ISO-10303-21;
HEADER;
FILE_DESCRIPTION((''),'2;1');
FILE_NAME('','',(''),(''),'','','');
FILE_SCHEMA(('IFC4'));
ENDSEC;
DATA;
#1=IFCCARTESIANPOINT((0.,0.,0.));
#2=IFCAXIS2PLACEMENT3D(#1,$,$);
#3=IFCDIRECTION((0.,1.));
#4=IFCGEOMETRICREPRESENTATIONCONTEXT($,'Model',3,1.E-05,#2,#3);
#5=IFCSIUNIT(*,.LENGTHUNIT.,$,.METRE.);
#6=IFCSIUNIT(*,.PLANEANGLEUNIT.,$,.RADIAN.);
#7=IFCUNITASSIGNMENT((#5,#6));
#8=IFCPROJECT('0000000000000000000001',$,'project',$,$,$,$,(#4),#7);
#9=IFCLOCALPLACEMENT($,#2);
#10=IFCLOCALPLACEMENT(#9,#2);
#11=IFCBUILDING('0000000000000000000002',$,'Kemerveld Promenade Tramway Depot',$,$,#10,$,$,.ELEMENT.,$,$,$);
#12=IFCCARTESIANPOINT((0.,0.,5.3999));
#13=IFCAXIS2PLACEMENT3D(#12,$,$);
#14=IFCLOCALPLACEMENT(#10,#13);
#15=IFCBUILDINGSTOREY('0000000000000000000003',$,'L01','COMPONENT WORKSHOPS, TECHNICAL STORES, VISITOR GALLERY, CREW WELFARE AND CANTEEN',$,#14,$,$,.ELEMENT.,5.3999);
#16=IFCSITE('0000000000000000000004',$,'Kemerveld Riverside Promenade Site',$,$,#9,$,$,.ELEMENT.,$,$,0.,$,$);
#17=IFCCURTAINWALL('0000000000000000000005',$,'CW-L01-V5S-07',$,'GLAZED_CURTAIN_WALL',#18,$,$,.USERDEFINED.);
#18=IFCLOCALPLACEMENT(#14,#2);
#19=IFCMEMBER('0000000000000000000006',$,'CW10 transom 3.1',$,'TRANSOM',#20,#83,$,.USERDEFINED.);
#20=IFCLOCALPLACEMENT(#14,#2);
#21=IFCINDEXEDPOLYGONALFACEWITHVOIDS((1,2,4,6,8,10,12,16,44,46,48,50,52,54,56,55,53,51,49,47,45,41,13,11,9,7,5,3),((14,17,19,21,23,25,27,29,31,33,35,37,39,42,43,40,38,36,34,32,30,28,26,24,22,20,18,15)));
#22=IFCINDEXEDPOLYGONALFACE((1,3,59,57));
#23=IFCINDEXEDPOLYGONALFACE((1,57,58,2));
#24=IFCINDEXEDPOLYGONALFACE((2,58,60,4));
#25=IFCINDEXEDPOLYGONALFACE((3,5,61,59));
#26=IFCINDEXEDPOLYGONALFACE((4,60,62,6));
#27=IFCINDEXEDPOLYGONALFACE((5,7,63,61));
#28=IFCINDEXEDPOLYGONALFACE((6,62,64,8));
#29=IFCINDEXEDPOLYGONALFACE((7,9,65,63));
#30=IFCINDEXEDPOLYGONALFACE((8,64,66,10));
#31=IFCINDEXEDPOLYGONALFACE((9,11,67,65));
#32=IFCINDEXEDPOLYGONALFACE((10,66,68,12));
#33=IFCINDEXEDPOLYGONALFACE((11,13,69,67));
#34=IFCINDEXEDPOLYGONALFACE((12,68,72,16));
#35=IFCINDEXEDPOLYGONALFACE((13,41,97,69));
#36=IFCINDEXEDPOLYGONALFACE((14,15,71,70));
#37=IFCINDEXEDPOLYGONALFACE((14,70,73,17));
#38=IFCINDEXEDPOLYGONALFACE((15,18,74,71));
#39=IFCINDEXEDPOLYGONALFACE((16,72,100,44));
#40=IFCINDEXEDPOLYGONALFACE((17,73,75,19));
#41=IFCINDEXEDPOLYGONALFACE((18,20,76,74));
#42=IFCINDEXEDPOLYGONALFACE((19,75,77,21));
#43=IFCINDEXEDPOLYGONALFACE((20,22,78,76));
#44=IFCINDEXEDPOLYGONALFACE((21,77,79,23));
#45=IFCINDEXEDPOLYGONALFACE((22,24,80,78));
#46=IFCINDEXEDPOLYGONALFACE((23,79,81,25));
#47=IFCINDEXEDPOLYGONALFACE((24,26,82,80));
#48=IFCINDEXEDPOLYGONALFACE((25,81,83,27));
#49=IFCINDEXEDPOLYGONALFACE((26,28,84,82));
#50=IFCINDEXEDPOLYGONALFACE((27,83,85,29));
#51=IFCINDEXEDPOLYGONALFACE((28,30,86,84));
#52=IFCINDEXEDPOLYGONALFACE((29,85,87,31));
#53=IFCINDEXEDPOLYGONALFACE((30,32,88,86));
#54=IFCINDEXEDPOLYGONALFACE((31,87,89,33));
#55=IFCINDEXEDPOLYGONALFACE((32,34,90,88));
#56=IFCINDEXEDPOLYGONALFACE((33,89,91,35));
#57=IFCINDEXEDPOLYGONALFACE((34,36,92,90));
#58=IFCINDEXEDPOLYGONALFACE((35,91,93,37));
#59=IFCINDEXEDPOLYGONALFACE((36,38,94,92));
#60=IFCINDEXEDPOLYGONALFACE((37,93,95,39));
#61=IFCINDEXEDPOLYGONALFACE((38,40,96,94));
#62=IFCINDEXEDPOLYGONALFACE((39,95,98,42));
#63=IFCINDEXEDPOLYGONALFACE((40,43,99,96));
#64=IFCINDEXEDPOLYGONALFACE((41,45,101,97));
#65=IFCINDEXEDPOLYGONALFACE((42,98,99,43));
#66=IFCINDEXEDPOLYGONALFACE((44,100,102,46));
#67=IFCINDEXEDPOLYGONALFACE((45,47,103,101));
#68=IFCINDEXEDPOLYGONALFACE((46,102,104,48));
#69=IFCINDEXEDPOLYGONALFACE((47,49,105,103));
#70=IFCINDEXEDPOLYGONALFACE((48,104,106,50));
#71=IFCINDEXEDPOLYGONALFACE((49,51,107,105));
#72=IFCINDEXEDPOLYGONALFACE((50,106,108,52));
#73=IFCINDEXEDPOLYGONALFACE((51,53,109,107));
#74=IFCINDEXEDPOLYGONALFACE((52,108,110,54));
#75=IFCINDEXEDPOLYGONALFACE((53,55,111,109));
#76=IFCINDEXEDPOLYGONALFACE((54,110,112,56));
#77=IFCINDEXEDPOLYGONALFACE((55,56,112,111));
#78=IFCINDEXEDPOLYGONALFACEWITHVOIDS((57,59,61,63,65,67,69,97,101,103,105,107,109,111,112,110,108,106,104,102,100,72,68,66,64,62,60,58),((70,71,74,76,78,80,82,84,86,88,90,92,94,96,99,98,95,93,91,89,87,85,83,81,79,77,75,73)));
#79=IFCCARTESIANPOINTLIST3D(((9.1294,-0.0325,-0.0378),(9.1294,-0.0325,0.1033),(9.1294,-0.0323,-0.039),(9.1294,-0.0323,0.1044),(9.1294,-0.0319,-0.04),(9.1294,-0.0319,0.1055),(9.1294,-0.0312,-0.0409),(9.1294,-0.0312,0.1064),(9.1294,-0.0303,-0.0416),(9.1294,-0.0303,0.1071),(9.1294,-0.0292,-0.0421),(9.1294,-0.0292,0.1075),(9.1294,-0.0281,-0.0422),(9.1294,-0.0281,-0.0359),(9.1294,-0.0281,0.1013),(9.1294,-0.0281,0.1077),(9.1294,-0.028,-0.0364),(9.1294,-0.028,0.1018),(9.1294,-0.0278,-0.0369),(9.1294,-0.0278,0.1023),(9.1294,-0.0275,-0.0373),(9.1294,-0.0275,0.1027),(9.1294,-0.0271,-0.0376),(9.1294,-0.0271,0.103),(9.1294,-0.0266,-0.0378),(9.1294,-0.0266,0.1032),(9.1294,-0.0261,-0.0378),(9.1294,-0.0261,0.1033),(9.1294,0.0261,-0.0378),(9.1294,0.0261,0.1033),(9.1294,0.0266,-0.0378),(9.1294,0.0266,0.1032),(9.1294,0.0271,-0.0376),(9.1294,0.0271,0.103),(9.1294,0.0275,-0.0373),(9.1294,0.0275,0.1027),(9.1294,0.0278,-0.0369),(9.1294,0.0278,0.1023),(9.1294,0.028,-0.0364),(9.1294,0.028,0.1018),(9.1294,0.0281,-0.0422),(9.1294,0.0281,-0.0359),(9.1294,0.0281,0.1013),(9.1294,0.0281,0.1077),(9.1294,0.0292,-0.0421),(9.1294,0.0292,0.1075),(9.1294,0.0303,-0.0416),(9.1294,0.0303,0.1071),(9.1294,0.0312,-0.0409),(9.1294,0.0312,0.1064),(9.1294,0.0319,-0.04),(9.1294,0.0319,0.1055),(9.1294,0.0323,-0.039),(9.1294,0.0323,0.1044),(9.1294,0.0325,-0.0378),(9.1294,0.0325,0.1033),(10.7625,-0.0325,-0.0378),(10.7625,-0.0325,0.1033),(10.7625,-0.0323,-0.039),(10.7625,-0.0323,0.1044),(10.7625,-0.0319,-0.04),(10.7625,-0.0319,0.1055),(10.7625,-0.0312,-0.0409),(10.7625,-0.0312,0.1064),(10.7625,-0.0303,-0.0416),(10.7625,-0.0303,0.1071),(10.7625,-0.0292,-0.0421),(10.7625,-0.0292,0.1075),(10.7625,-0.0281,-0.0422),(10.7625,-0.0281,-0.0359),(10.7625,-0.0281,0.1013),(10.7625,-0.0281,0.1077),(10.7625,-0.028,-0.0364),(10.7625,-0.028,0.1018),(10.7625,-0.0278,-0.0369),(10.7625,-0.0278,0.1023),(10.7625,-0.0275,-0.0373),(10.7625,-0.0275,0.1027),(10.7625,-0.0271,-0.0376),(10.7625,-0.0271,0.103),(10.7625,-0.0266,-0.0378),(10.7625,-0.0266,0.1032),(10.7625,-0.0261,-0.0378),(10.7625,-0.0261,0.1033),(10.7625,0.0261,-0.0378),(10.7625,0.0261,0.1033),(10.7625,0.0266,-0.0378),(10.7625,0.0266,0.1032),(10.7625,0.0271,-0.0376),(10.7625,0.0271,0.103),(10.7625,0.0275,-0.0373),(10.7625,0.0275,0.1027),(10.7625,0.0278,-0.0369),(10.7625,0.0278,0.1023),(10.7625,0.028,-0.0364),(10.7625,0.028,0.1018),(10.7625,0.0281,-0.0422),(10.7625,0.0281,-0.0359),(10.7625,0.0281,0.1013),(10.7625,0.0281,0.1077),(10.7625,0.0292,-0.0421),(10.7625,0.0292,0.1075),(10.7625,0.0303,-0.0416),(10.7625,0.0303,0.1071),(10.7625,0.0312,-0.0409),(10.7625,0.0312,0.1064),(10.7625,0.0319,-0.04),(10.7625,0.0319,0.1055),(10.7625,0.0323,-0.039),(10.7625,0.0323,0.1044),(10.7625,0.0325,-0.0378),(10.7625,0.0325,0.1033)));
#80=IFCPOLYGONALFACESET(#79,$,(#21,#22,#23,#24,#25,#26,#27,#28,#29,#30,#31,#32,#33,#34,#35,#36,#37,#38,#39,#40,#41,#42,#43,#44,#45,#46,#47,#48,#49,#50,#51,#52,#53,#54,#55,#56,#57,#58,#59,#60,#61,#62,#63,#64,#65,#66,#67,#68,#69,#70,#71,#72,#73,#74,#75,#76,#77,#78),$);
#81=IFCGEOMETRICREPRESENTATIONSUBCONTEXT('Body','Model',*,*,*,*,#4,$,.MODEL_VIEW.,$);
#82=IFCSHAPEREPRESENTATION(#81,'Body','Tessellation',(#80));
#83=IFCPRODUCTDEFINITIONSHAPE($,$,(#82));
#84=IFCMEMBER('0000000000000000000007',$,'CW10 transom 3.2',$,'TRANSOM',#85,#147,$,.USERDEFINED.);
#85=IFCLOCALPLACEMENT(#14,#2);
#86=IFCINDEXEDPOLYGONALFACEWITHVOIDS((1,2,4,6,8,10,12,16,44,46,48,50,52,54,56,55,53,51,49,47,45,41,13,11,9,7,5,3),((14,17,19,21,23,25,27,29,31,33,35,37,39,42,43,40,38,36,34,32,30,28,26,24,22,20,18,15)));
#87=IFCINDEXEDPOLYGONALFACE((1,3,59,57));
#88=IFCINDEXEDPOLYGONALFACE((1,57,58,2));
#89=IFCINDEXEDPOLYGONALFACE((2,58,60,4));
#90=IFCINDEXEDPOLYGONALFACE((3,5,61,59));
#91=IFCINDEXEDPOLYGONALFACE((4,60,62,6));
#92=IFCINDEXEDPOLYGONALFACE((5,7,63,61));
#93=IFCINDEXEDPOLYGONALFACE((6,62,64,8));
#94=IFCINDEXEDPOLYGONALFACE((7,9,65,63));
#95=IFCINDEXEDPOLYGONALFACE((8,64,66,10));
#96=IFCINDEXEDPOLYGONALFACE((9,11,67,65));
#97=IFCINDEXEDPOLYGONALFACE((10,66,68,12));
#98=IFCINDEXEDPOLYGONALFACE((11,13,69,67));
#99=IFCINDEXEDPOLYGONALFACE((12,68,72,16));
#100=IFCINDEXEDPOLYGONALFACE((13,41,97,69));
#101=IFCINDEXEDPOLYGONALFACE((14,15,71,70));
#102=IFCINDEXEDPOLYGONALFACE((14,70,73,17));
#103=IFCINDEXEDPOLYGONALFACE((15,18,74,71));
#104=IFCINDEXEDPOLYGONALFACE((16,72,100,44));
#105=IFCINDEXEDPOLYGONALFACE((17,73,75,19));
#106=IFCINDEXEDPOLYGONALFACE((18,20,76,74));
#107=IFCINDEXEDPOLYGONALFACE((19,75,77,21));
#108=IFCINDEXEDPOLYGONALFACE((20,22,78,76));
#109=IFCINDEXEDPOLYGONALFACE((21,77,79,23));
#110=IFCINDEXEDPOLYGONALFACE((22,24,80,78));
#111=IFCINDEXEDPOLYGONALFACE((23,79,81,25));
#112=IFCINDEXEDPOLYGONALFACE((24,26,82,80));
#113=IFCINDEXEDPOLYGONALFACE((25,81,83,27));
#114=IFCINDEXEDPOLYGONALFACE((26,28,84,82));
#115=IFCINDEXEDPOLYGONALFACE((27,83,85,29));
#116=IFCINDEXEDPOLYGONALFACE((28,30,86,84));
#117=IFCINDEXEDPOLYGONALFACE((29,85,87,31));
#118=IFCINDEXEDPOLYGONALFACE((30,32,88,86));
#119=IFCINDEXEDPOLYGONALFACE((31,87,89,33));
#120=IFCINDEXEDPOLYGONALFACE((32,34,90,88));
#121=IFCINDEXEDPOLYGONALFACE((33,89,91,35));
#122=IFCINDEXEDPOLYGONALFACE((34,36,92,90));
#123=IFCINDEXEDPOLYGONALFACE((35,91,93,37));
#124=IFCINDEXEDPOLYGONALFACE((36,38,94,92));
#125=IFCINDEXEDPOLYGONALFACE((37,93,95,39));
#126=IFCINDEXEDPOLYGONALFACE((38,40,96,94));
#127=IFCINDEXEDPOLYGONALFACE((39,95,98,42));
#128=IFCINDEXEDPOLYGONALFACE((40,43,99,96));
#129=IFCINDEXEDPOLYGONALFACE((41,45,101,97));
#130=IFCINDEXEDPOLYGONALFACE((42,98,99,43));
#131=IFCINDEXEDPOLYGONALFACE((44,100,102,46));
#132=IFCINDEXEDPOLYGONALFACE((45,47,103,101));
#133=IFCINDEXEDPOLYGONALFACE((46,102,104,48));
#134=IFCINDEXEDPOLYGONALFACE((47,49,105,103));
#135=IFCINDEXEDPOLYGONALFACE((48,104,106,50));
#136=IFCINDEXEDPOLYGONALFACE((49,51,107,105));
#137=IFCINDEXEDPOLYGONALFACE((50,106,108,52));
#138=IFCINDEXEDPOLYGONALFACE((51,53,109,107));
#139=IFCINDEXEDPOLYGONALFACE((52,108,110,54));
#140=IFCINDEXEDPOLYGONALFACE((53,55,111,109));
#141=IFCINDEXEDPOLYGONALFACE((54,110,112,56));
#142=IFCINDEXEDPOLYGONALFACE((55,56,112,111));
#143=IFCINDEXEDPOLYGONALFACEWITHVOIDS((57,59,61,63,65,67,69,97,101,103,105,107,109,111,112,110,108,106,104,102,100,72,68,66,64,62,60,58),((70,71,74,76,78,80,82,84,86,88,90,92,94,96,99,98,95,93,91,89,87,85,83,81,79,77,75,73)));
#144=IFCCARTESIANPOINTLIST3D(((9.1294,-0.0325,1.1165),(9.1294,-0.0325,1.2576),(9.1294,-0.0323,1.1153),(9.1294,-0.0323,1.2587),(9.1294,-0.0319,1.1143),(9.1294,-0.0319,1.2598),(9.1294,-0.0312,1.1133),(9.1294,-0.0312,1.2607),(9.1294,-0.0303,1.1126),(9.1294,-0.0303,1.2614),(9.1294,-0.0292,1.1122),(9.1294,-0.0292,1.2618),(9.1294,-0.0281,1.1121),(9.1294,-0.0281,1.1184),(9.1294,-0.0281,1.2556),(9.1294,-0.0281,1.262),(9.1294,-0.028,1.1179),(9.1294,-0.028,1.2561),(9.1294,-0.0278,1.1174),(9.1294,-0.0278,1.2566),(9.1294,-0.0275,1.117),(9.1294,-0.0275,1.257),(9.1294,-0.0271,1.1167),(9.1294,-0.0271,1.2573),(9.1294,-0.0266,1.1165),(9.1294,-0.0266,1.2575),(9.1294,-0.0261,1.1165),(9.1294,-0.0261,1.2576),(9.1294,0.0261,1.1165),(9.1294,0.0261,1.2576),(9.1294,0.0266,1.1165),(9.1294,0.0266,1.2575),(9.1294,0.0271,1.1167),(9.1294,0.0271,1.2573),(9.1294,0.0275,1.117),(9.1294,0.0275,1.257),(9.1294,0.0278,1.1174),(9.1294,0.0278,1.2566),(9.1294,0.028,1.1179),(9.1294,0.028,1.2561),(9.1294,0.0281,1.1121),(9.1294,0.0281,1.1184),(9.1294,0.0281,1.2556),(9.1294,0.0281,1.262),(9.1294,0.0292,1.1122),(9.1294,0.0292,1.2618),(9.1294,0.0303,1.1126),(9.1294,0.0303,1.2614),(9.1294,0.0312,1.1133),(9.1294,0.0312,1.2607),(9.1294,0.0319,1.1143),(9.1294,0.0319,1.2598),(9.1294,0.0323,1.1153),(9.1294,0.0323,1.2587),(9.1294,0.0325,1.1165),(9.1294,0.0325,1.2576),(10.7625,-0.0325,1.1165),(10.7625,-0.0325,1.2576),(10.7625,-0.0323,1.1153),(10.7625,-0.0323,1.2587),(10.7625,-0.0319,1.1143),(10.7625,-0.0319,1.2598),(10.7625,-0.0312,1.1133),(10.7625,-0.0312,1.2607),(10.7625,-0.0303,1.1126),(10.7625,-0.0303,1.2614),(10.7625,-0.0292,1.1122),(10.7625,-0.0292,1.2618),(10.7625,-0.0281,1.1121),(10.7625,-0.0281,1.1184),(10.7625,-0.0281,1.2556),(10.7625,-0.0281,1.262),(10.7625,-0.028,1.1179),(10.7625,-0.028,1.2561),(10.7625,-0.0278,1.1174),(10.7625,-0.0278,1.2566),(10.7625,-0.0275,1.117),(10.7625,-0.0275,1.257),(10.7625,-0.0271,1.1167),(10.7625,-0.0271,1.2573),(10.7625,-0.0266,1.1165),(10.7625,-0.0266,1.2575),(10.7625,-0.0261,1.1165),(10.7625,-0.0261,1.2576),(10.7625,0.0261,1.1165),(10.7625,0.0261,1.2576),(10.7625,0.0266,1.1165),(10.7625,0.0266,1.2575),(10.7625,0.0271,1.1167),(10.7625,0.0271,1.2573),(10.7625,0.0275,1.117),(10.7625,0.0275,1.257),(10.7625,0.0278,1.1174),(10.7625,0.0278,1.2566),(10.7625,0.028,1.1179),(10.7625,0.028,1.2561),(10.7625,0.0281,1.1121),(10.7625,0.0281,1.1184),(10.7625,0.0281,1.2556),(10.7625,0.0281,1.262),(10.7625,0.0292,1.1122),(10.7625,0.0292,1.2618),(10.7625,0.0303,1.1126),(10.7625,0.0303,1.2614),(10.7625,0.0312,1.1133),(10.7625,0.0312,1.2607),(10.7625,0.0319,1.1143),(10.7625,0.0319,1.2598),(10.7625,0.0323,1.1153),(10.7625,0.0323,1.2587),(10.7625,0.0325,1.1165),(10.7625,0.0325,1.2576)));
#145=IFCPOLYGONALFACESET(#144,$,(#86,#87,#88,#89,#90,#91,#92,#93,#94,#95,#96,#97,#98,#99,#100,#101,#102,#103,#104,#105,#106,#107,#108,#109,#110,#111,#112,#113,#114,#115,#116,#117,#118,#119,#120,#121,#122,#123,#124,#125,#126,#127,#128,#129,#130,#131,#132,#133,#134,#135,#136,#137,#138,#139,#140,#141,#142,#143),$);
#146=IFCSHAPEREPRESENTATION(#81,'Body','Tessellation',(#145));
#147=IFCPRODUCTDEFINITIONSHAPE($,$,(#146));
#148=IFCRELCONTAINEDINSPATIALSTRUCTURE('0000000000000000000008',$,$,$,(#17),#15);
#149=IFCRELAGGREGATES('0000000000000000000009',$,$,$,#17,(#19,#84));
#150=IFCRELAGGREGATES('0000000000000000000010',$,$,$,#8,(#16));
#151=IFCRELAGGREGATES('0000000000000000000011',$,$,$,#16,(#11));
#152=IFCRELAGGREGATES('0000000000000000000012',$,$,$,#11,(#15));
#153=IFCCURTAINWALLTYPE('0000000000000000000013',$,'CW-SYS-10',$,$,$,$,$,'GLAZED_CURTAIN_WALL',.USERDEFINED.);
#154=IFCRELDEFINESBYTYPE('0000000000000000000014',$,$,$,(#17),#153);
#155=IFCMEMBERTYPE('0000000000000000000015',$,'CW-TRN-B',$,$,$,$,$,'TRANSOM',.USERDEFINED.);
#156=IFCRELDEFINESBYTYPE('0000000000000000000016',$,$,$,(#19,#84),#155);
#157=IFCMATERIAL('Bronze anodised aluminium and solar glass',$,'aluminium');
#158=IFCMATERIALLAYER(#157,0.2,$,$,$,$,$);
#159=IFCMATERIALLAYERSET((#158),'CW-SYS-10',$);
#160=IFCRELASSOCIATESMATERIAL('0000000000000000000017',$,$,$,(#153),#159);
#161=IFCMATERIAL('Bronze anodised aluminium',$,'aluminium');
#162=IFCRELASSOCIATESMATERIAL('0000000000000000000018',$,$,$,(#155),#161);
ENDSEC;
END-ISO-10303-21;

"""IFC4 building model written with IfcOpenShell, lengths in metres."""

from ifc_helpers import new_model, si_unit, direction, frame, origin, origin_2d, place, context, subcontext, project, spatial, hollow_rectangle, extrude, material, layer, layer_set, material_profile, profile_set, type_object, element, aggregate, save


model = new_model("IFC4")

# Units and contexts
model_context = context("Model", 3, precision=1e-05, world=origin(), true_north=direction((0.0, 1.0)))
body_context = subcontext(model_context, "Body", "Model", "MODEL_VIEW")
ifc_project = project(units=[si_unit("LENGTHUNIT", "METRE"), si_unit("PLANEANGLEUNIT", "RADIAN")], contexts=[model_context])

# Site, building, storey
site_placement = place(None, origin())
site = spatial("IfcSite", under=ifc_project, at=site_placement, Name="Kemerveld Riverside Promenade Site", CompositionType="ELEMENT", RefElevation=0.0)
building_placement = place(site_placement, origin())
building = spatial("IfcBuilding", under=site, at=building_placement, Name="Kemerveld Promenade Tramway Depot", CompositionType="ELEMENT")
storey_placement = place(building_placement, frame((0.0, 0.0, 5.3999)))
storey = spatial("IfcBuildingStorey", under=building, at=storey_placement, Name="L01", Description="COMPONENT WORKSHOPS, TECHNICAL STORES, VISITOR GALLERY, CREW WELFARE AND CANTEEN", CompositionType="ELEMENT", Elevation=5.3999)

# Curtain wall, members
ifc_material_1 = material(Name="Bronze anodised aluminium and solar glass", Category="aluminium")
ifc_layer_1 = layer(ifc_material_1, 0.2)
ifc_layer_set_1 = layer_set([ifc_layer_1], Name="CW-SYS-10")
curtain_wall_type = type_object("IfcCurtainWallType", Name="CW-SYS-10", ElementType="GLAZED_CURTAIN_WALL", PredefinedType="USERDEFINED", material=ifc_layer_set_1)
curtain_wall_placement = place(storey_placement, origin())
curtain_wall = element("IfcCurtainWall", 1, at=curtain_wall_placement, inside=storey, type_object=curtain_wall_type, Name="CW-L01-V5S-07", ObjectType="GLAZED_CURTAIN_WALL", PredefinedType="USERDEFINED")
ifc_material_2 = material(Name="Bronze anodised aluminium", Category="aluminium")
ifc_material_profile_1 = material_profile(ifc_material_2, hollow_rectangle(XDim=0.0649, YDim=0.1499, WallThickness=0.0044, InnerFilletRadius=0.002, OuterFilletRadius=0.0044, at=origin_2d()), Name="CW-TRN-150x65")
ifc_profile_set_1 = profile_set([ifc_material_profile_1], Name="Bronze anodised aluminium")
member_type_1 = type_object("IfcMemberType", Name="CW-TRN-B", ElementType="TRANSOM", PredefinedType="USERDEFINED", material=ifc_profile_set_1)
member_1_placement = place(storey_placement, frame((10.7625, 0.0, 0.0327), z_axis=(-1.0, 0.0, 0.0), x_axis=(0.0, -1.0, 0.0)))
member_1 = element("IfcMember", 2, at=member_1_placement, type_object=member_type_1, Name="CW10 transom 3.1", ObjectType="TRANSOM", PredefinedType="USERDEFINED", context=body_context, shape_type="SweptSolid", body=[
    extrude(hollow_rectangle(XDim=0.0649, YDim=0.1499, WallThickness=0.0044, InnerFilletRadius=0.002, OuterFilletRadius=0.0044, at=origin_2d()), origin(), (0.0, 0.0, 1.0), 1.6331),
])
member_2_placement = place(storey_placement, frame((10.7625, 0.0, 1.187), z_axis=(-1.0, 0.0, 0.0), x_axis=(0.0, -1.0, 0.0)))
member_2 = element("IfcMember", 3, at=member_2_placement, type_object=member_type_1, Name="CW10 transom 3.2", ObjectType="TRANSOM", PredefinedType="USERDEFINED", context=body_context, shape_type="SweptSolid", body=[
    extrude(hollow_rectangle(XDim=0.0649, YDim=0.1499, WallThickness=0.0044, InnerFilletRadius=0.002, OuterFilletRadius=0.0044, at=origin_2d()), origin(), (0.0, 0.0, 1.0), 1.6331),
])
aggregate(curtain_wall, [member_1, member_2])

save(model, "model.ifc")
